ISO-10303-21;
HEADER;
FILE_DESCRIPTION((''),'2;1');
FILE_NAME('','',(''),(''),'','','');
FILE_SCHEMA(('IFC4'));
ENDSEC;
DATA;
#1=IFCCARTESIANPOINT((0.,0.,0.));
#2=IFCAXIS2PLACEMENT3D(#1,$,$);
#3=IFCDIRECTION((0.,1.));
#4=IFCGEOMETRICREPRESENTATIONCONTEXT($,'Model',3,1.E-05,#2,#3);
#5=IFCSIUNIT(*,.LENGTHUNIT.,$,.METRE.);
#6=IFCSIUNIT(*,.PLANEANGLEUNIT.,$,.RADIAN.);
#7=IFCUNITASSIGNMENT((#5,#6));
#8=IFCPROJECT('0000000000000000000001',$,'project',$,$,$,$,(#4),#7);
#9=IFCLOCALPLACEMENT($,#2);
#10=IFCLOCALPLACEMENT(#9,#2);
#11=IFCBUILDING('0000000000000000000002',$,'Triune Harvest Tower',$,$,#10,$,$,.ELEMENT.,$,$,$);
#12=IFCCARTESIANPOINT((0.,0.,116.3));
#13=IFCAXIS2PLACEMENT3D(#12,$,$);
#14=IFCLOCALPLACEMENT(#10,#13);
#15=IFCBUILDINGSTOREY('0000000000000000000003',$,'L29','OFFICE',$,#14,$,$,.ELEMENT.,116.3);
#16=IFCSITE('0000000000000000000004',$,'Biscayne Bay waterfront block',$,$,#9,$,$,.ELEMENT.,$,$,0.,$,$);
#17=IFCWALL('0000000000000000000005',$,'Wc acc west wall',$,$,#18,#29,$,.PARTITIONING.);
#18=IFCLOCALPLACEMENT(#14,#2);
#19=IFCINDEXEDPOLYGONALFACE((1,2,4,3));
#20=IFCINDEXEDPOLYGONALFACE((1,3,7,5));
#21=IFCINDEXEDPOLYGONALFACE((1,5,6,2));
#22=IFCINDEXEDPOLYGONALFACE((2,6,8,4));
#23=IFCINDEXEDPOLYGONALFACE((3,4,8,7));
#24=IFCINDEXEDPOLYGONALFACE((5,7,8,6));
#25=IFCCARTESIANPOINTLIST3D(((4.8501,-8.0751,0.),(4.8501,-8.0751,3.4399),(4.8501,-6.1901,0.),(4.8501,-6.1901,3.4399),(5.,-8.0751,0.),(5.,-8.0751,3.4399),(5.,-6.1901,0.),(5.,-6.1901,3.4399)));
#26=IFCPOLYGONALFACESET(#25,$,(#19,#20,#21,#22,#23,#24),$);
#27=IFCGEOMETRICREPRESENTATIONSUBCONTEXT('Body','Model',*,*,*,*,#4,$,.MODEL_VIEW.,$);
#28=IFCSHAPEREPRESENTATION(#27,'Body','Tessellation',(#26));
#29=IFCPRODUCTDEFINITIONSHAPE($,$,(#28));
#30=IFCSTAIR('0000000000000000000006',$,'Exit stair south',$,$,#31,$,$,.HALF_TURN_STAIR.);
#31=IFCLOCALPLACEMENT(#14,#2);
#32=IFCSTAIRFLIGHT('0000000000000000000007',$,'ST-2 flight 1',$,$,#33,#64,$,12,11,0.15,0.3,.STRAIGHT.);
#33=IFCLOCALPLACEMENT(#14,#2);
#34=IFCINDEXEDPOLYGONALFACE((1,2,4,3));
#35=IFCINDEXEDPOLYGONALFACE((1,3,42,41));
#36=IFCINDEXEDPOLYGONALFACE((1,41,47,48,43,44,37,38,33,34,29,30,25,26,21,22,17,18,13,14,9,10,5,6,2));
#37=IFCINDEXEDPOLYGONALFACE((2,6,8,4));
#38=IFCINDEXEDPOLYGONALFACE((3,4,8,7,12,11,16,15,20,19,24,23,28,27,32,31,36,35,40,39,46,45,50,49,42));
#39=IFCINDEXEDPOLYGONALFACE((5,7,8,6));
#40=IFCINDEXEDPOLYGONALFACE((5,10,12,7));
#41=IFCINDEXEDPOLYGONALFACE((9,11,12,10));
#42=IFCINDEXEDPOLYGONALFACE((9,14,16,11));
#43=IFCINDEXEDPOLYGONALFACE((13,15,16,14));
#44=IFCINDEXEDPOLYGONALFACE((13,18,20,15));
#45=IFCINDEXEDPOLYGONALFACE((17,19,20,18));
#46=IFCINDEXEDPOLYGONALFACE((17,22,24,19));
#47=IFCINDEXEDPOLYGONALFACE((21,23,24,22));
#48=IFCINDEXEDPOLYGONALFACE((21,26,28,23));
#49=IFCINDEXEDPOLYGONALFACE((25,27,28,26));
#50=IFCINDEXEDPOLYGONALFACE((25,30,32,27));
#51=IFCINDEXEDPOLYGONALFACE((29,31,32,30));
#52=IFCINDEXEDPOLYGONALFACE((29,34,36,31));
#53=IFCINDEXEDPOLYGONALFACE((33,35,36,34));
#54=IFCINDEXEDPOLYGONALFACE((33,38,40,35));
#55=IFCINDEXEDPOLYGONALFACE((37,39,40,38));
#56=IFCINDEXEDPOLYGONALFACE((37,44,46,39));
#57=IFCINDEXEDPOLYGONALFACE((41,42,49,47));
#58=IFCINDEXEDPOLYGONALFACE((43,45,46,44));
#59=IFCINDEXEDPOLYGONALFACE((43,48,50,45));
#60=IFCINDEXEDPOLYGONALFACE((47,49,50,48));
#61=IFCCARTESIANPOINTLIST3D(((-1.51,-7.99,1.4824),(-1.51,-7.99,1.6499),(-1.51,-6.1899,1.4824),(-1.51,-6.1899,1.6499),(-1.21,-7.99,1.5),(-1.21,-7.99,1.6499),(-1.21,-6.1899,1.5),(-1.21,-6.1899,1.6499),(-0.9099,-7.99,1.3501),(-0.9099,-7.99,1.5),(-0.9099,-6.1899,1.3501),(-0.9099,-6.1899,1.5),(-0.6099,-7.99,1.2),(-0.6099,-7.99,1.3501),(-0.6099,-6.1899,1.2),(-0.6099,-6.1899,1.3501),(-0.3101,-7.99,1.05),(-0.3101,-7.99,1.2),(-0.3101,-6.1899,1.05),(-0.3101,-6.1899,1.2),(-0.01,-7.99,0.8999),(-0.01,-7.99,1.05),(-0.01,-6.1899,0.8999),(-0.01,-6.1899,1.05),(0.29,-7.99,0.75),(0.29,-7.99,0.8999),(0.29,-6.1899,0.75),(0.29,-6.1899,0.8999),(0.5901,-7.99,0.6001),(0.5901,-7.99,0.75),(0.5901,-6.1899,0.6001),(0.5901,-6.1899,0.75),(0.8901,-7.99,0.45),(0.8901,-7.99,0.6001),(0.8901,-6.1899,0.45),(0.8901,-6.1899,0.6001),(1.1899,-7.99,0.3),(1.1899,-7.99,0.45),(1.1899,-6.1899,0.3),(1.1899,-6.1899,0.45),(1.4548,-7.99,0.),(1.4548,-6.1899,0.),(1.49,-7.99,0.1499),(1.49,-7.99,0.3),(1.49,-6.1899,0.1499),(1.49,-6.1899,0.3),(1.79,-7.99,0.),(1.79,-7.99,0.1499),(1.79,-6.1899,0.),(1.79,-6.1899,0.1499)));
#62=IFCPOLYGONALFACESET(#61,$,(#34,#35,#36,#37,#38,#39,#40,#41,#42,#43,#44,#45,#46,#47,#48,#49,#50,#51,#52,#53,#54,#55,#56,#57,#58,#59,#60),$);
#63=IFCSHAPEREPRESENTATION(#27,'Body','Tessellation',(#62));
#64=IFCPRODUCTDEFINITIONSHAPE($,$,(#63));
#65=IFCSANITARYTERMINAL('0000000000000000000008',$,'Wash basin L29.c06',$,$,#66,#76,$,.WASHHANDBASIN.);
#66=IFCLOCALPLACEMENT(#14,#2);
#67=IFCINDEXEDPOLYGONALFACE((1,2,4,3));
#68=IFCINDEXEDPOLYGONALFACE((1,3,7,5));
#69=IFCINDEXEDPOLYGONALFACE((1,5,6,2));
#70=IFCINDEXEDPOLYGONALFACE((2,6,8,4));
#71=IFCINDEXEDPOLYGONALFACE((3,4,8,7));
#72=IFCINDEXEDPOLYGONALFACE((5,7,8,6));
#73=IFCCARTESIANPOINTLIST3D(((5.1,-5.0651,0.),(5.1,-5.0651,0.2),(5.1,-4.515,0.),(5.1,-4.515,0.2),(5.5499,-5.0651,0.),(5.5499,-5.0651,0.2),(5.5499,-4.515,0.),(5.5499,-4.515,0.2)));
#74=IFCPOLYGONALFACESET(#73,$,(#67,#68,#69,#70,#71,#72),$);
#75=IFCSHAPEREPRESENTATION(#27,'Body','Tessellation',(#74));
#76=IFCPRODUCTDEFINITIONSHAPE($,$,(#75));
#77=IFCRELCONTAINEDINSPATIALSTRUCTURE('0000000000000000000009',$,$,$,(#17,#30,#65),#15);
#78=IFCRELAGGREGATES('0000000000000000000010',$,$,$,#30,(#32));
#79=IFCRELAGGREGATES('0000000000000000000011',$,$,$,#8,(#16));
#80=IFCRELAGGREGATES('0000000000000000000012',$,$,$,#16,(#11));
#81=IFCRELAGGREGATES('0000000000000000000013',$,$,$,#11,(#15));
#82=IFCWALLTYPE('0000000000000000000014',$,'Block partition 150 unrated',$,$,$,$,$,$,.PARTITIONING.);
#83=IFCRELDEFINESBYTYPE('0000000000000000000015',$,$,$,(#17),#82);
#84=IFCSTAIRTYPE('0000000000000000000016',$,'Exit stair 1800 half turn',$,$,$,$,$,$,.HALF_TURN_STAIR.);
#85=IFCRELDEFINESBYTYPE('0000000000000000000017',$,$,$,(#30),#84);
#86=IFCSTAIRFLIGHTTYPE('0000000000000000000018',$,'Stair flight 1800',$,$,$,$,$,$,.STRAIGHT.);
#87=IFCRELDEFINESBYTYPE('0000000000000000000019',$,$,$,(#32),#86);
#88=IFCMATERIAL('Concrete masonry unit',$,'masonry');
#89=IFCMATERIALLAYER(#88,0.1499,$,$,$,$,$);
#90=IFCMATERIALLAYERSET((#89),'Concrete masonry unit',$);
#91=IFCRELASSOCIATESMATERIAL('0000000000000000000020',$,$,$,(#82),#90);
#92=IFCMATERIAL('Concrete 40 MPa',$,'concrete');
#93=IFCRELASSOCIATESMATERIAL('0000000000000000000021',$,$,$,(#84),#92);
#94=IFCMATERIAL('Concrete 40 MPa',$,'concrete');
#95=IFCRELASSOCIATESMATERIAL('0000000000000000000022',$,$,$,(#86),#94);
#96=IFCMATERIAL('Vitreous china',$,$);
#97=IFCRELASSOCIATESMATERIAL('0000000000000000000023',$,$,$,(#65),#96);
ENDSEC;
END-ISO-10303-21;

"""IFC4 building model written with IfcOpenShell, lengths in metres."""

from ifc_helpers import new_model, si_unit, direction, frame, frame_2d, origin, origin_2d, place, context, subcontext, project, spatial, polyline, rectangle, outline, extrude, source, transform, mapped, material, layer, layer_set, type_object, element, aggregate, save


model = new_model("IFC4")

# Units and contexts
model_context = context("Model", 3, precision=1e-05, world=origin(), true_north=direction((0.0, 1.0)))
body_context = subcontext(model_context, "Body", "Model", "MODEL_VIEW")
ifc_project = project(units=[si_unit("LENGTHUNIT", "METRE"), si_unit("PLANEANGLEUNIT", "RADIAN")], contexts=[model_context])

# Site, building, storey
site_placement = place(None, origin())
site = spatial("IfcSite", under=ifc_project, at=site_placement, Name="Biscayne Bay waterfront block", CompositionType="ELEMENT", RefElevation=0.0)
building_placement = place(site_placement, origin())
building = spatial("IfcBuilding", under=site, at=building_placement, Name="Triune Harvest Tower", CompositionType="ELEMENT")
storey_placement = place(building_placement, frame((0.0, 0.0, 116.3)))
storey = spatial("IfcBuildingStorey", under=building, at=storey_placement, Name="L29", Description="OFFICE", CompositionType="ELEMENT", Elevation=116.3)

# Shared definitions
ifc_material_1 = material(Name="Concrete masonry unit", Category="masonry")
ifc_layer_1 = layer(ifc_material_1, 0.1499)
ifc_layer_set_1 = layer_set([ifc_layer_1], Name="Concrete masonry unit")
wall_type_1 = type_object("IfcWallType", Name="Block partition 150 unrated", PredefinedType="PARTITIONING", material=ifc_layer_set_1)

# Wall
shared_shape_1 = source(origin(), body_context, "Body", "SweptSolid", [
    extrude(rectangle(XDim=1.885, YDim=0.1499, at=frame_2d((0.9424, 0.0))), origin(), (0.0, 0.0, 1.0), 3.4399),
])
wall_1_placement = place(storey_placement, frame((4.925, -8.075, 0.0), z_axis=(0.0, 0.0, 1.0), x_axis=(0.0, 1.0, 0.0)))
element("IfcWall", 1, at=wall_1_placement, inside=storey, type_object=wall_type_1, Name="Wc acc west wall", PredefinedType="PARTITIONING", context=body_context, shape_type="MappedRepresentation", body=[
    mapped(shared_shape_1, transform((0.0, 0.0, 0.0), scale=1.0)),
])

# Stair, stair flight
ifc_material_2 = material(Name="Concrete 40 MPa", Category="concrete")
stair_type = type_object("IfcStairType", Name="Exit stair 1800 half turn", PredefinedType="HALF_TURN_STAIR", material=ifc_material_2)
stair_placement = place(storey_placement, origin())
stair = element("IfcStair", 2, at=stair_placement, inside=storey, type_object=stair_type, Name="Exit stair south", PredefinedType="HALF_TURN_STAIR")
ifc_material_3 = material(Name="Concrete 40 MPa", Category="concrete")
stair_flight_type = type_object("IfcStairFlightType", Name="Stair flight 1800", PredefinedType="STRAIGHT", material=ifc_material_3)
shared_shape_2 = source(origin(), body_context, "Body", "SweptSolid", [
    extrude(outline(polyline([(0.0, 0.0), (0.0, 0.1499), (0.3, 0.1499), (0.3, 0.3), (0.6001, 0.3), (0.6001, 0.45), (0.8999, 0.45), (0.8999, 0.6001), (1.2, 0.6001), (1.2, 0.75), (1.5, 0.75), (1.5, 0.8999), (1.8, 0.8999), (1.8, 1.05), (2.1001, 1.05), (2.1001, 1.2), (2.3999, 1.2), (2.3999, 1.3501), (2.7, 1.3501), (2.7, 1.5), (3.0, 1.5), (3.0, 1.6499), (3.3, 1.6499), (3.3, 1.8), (3.3, 1.4824), (0.3352, 0.0), (0.0, 0.0)])), frame((0.0, 0.8999, 0.0), z_axis=(0.0, -1.0, 0.0), x_axis=(1.0, 0.0, 0.0)), (0.0, 0.0, 1.0), 1.8),
])
stair_flight_placement = place(storey_placement, frame((1.79, -7.0901, 0.0), z_axis=(0.0, 0.0, 1.0), x_axis=(-1.0, 0.0, 0.0)))
stair_flight = element("IfcStairFlight", 3, at=stair_flight_placement, type_object=stair_flight_type, Name="ST-2 flight 1", NumberOfRisers=12, NumberOfTreads=11, PredefinedType="STRAIGHT", RiserHeight=0.15, TreadLength=0.3, context=body_context, shape_type="MappedRepresentation", body=[
    mapped(shared_shape_2, transform((0.0, 0.0, 0.0), scale=1.0)),
])
aggregate(stair, [stair_flight])

# Sanitary terminal
ifc_material_4 = material(Name="Vitreous china")
shared_shape_3 = source(origin(), body_context, "Body", "SweptSolid", [
    extrude(rectangle(XDim=0.55, YDim=0.45, at=origin_2d()), origin(), (0.0, 0.0, 1.0), 0.2),
])
sanitary_terminal_placement = place(storey_placement, frame((5.325, -4.79, 0.0), z_axis=(0.0, 0.0, 1.0), x_axis=(0.0, 1.0, 0.0)))
element("IfcSanitaryTerminal", 4, at=sanitary_terminal_placement, inside=storey, material=ifc_material_4, Name="Wash basin L29.c06", PredefinedType="WASHHANDBASIN", context=body_context, shape_type="MappedRepresentation", body=[
    mapped(shared_shape_3, transform((0.0, 0.0, 0.0), scale=1.0)),
])

save(model, "model.ifc")
